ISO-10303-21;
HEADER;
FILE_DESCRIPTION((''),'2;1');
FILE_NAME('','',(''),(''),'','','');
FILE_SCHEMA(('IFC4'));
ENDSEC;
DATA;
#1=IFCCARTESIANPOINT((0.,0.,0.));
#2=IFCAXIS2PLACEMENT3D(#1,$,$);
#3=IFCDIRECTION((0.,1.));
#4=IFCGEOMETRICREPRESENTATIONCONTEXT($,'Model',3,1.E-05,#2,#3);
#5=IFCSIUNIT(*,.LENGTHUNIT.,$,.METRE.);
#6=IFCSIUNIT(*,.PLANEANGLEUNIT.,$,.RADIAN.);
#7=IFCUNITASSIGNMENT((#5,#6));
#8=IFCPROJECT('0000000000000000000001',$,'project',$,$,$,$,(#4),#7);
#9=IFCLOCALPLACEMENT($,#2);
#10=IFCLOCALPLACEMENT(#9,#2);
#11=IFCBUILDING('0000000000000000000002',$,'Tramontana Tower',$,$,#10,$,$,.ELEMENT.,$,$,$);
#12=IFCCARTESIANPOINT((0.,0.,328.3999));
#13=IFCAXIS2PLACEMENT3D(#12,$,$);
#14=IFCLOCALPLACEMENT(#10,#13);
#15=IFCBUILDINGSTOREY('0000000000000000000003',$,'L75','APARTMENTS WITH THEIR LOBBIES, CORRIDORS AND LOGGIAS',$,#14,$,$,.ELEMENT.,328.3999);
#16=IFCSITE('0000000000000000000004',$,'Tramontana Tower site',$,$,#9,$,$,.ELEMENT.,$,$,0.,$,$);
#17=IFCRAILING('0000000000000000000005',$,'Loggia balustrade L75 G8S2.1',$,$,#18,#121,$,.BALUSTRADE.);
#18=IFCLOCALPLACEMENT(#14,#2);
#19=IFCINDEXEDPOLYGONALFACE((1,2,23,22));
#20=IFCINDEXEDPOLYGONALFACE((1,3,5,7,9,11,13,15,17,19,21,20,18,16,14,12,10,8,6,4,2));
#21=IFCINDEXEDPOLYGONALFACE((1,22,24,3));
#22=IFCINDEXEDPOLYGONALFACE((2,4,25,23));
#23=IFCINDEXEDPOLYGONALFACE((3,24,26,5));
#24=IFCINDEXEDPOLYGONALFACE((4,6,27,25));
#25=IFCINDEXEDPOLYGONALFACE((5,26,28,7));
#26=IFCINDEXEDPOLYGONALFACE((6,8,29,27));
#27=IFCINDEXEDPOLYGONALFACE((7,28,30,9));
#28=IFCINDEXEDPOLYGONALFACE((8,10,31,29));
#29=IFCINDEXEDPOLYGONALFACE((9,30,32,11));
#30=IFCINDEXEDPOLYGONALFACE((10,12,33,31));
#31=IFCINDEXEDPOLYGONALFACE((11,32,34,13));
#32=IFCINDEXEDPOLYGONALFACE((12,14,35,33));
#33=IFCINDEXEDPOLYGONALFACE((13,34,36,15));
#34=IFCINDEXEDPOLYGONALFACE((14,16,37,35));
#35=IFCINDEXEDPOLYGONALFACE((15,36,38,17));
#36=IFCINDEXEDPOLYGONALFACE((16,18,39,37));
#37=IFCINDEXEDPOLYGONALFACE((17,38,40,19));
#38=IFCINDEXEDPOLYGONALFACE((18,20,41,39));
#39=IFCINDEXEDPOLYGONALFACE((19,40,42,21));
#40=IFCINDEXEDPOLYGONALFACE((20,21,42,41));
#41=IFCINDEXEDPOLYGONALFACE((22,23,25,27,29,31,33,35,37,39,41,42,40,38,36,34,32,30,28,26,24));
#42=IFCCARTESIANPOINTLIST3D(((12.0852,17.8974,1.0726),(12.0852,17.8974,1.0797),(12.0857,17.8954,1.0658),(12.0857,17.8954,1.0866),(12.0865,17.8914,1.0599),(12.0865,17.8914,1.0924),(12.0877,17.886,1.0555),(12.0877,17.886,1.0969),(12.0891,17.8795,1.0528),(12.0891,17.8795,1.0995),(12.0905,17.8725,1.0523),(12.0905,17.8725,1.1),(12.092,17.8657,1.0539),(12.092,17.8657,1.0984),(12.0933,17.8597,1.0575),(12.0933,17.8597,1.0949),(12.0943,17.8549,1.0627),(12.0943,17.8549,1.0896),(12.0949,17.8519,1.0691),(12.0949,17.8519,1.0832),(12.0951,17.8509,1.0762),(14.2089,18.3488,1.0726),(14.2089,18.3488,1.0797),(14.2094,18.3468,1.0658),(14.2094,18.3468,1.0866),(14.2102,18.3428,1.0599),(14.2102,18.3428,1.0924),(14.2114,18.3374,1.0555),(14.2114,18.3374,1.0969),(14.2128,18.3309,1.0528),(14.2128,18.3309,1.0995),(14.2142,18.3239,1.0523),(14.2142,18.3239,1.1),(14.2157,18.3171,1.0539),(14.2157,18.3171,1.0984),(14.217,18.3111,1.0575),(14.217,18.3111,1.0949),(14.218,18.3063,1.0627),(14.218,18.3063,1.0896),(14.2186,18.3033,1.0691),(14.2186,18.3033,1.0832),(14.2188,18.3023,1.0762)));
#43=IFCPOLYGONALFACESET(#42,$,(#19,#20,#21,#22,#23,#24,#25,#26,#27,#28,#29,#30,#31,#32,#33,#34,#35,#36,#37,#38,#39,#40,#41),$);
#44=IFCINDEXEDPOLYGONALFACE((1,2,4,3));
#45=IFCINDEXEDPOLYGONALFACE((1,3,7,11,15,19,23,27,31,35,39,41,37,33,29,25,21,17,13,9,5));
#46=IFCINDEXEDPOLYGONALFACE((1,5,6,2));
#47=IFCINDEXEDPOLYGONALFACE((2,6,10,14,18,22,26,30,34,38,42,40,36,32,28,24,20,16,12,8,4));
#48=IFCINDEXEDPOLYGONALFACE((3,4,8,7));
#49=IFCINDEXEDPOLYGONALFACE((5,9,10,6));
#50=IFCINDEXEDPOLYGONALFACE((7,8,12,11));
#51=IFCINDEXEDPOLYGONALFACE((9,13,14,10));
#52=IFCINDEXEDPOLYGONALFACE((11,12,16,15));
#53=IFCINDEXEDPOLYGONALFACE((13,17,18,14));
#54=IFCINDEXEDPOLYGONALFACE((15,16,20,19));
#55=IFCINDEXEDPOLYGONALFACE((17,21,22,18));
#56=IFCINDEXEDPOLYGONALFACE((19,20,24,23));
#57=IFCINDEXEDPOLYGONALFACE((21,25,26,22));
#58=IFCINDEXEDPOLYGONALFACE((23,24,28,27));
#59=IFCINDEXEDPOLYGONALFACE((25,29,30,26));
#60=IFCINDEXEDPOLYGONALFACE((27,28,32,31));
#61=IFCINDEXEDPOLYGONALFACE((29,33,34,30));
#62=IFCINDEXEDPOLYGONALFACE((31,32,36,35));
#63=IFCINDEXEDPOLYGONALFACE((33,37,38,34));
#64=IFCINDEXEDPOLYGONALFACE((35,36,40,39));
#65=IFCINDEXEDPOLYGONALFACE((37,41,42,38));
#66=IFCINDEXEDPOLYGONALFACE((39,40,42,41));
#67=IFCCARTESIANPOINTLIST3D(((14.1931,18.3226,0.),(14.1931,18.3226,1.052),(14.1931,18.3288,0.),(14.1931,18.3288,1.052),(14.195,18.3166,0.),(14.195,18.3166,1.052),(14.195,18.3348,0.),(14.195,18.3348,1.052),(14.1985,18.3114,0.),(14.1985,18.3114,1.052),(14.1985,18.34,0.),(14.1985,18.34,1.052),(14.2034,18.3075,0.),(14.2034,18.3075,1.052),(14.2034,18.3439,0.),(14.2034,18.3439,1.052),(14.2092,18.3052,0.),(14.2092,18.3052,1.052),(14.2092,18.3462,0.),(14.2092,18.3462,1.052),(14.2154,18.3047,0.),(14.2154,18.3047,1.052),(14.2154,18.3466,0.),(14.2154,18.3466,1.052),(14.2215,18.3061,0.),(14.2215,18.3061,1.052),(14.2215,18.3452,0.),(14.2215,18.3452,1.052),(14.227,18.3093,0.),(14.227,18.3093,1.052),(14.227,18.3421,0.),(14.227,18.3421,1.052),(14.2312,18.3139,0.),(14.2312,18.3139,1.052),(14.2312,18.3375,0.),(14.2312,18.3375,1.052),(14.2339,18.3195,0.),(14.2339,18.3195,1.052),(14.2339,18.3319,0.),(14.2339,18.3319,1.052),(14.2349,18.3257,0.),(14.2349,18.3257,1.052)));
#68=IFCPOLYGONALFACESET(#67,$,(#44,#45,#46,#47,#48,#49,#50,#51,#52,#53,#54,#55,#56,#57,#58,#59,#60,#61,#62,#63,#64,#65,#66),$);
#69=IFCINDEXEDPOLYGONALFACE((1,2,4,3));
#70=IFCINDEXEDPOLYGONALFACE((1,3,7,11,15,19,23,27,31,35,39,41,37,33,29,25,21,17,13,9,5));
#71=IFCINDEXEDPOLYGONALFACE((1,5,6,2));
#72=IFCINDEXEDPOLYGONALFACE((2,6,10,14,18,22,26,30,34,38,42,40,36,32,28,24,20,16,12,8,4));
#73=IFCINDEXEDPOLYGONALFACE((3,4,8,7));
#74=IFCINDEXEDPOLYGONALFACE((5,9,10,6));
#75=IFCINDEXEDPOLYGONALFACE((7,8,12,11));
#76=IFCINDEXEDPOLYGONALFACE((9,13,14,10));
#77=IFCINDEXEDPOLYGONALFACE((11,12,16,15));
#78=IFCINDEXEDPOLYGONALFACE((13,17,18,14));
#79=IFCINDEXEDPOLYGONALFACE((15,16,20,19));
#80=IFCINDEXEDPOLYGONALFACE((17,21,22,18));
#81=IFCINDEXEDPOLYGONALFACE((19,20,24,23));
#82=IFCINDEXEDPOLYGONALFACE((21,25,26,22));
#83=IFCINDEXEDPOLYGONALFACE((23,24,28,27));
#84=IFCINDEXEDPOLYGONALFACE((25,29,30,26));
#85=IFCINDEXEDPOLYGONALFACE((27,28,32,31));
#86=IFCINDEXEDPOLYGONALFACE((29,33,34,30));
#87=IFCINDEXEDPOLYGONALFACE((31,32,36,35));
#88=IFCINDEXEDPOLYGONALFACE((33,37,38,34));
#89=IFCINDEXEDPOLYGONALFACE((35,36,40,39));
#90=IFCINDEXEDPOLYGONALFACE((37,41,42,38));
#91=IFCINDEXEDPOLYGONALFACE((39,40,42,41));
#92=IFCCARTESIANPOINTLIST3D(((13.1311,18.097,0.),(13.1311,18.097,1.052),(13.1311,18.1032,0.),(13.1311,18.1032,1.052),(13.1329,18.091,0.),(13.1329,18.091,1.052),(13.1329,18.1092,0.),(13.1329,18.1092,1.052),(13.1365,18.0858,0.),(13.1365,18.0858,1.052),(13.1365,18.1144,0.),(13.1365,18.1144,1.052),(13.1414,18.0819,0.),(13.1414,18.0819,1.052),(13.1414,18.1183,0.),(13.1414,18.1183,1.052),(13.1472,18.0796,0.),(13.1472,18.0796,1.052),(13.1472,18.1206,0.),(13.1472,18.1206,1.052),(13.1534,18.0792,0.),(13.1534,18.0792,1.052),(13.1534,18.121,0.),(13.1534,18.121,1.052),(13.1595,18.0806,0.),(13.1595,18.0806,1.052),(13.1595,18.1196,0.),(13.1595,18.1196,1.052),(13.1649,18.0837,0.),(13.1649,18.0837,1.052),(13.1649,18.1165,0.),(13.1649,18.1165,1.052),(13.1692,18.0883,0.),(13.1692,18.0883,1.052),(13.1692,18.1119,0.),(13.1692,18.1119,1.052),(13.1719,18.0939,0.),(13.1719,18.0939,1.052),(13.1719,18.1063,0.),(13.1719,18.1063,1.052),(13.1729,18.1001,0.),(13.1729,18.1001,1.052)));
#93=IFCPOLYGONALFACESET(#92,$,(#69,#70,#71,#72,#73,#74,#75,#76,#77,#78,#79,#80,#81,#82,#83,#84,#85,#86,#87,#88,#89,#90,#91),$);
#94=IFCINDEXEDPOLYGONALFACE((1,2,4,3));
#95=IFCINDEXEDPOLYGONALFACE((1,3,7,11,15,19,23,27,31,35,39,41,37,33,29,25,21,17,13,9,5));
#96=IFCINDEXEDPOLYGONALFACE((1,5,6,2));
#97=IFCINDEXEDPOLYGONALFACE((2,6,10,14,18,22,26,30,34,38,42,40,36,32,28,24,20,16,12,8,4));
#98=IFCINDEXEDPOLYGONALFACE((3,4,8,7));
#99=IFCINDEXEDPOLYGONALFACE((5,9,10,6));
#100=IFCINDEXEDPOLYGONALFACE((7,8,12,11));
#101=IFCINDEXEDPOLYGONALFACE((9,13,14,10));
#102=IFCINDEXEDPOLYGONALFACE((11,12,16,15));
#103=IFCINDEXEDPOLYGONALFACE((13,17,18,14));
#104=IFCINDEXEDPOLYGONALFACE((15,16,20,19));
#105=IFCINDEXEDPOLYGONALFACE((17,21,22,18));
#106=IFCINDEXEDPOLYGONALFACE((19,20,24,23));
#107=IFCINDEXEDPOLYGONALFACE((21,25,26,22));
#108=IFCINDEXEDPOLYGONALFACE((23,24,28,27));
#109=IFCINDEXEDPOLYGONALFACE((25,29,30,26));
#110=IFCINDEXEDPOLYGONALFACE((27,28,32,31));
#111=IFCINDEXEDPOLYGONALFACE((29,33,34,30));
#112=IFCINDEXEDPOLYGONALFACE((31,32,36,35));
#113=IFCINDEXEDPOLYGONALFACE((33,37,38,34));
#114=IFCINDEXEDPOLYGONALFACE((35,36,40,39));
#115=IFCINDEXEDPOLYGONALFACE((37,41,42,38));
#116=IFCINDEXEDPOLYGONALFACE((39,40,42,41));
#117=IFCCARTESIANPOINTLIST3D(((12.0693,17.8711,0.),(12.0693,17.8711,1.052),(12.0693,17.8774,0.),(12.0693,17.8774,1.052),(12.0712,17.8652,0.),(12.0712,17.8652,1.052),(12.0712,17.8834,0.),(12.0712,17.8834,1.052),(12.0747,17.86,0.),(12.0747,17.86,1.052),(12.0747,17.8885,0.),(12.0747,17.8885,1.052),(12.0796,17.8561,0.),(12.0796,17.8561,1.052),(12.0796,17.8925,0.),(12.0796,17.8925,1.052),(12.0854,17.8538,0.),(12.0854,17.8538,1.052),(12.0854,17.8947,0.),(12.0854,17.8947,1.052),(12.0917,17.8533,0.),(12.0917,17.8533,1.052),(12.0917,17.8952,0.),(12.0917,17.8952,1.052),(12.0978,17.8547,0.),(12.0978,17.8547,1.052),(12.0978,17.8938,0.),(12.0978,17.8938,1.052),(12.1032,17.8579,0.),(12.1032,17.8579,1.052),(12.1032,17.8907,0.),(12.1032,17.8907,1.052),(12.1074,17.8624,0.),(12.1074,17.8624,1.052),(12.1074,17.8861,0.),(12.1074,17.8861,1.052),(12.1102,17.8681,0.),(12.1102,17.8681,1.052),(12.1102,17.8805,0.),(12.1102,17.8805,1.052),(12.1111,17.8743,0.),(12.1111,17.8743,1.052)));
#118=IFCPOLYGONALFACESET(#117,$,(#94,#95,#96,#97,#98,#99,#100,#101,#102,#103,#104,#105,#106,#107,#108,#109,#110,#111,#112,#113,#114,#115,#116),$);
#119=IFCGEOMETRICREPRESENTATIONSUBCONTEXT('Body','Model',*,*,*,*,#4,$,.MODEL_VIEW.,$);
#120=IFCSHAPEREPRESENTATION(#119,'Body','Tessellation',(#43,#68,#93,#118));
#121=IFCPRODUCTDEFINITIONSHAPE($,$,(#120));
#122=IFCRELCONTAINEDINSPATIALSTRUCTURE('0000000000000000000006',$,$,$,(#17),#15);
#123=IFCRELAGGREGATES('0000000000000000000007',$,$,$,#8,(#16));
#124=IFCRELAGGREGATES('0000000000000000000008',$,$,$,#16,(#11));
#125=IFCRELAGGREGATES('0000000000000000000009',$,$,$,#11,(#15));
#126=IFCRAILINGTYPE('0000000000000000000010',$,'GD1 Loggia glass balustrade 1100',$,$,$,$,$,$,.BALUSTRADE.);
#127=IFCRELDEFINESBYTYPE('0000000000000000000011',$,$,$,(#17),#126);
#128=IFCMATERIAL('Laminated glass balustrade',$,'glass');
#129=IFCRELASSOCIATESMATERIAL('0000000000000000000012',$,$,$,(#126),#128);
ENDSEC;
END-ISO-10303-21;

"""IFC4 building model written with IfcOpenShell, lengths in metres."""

from ifc_helpers import new_model, si_unit, direction, frame, origin, origin_2d, place, context, subcontext, project, spatial, circle, extrude, material, type_object, element, save


model = new_model("IFC4")

# Units and contexts
model_context = context("Model", 3, precision=1e-05, world=origin(), true_north=direction((0.0, 1.0)))
body_context = subcontext(model_context, "Body", "Model", "MODEL_VIEW")
ifc_project = project(units=[si_unit("LENGTHUNIT", "METRE"), si_unit("PLANEANGLEUNIT", "RADIAN")], contexts=[model_context])

# Site, building, storey
site_placement = place(None, origin())
site = spatial("IfcSite", under=ifc_project, at=site_placement, Name="Tramontana Tower site", CompositionType="ELEMENT", RefElevation=0.0)
building_placement = place(site_placement, origin())
building = spatial("IfcBuilding", under=site, at=building_placement, Name="Tramontana Tower", CompositionType="ELEMENT")
storey_placement = place(building_placement, frame((0.0, 0.0, 328.3999)))
storey = spatial("IfcBuildingStorey", under=building, at=storey_placement, Name="L75", Description="APARTMENTS WITH THEIR LOBBIES, CORRIDORS AND LOGGIAS", CompositionType="ELEMENT", Elevation=328.3999)

# Railing
ifc_material_1 = material(Name="Laminated glass balustrade", Category="glass")
railing_type = type_object("IfcRailingType", Name="GD1 Loggia glass balustrade 1100", PredefinedType="BALUSTRADE", material=ifc_material_1)
railing_1_placement = place(storey_placement, frame((14.2139, 18.3257, 0.0)))
element("IfcRailing", 1, at=railing_1_placement, inside=storey, type_object=railing_type, Name="Loggia balustrade L75 G8S2.1", PredefinedType="BALUSTRADE", context=body_context, shape_type="SweptSolid", body=[
    extrude(circle(Radius=0.0239, at=origin_2d()), frame((0.0, 0.0, 1.0762), z_axis=(-0.978148, -0.207909, 0.0), x_axis=(0.207909, -0.978148, 0.0)), (0.0, 0.0, 1.0), 2.1711),
    extrude(circle(Radius=0.021, at=origin_2d()), origin(), (0.0, 0.0, 1.0), 1.052),
    extrude(circle(Radius=0.021, at=origin_2d()), frame((-1.062, -0.2256, 0.0)), (0.0, 0.0, 1.0), 1.052),
    extrude(circle(Radius=0.021, at=origin_2d()), frame((-2.1238, -0.4514, 0.0)), (0.0, 0.0, 1.0), 1.052),
])

save(model, "model.ifc")
